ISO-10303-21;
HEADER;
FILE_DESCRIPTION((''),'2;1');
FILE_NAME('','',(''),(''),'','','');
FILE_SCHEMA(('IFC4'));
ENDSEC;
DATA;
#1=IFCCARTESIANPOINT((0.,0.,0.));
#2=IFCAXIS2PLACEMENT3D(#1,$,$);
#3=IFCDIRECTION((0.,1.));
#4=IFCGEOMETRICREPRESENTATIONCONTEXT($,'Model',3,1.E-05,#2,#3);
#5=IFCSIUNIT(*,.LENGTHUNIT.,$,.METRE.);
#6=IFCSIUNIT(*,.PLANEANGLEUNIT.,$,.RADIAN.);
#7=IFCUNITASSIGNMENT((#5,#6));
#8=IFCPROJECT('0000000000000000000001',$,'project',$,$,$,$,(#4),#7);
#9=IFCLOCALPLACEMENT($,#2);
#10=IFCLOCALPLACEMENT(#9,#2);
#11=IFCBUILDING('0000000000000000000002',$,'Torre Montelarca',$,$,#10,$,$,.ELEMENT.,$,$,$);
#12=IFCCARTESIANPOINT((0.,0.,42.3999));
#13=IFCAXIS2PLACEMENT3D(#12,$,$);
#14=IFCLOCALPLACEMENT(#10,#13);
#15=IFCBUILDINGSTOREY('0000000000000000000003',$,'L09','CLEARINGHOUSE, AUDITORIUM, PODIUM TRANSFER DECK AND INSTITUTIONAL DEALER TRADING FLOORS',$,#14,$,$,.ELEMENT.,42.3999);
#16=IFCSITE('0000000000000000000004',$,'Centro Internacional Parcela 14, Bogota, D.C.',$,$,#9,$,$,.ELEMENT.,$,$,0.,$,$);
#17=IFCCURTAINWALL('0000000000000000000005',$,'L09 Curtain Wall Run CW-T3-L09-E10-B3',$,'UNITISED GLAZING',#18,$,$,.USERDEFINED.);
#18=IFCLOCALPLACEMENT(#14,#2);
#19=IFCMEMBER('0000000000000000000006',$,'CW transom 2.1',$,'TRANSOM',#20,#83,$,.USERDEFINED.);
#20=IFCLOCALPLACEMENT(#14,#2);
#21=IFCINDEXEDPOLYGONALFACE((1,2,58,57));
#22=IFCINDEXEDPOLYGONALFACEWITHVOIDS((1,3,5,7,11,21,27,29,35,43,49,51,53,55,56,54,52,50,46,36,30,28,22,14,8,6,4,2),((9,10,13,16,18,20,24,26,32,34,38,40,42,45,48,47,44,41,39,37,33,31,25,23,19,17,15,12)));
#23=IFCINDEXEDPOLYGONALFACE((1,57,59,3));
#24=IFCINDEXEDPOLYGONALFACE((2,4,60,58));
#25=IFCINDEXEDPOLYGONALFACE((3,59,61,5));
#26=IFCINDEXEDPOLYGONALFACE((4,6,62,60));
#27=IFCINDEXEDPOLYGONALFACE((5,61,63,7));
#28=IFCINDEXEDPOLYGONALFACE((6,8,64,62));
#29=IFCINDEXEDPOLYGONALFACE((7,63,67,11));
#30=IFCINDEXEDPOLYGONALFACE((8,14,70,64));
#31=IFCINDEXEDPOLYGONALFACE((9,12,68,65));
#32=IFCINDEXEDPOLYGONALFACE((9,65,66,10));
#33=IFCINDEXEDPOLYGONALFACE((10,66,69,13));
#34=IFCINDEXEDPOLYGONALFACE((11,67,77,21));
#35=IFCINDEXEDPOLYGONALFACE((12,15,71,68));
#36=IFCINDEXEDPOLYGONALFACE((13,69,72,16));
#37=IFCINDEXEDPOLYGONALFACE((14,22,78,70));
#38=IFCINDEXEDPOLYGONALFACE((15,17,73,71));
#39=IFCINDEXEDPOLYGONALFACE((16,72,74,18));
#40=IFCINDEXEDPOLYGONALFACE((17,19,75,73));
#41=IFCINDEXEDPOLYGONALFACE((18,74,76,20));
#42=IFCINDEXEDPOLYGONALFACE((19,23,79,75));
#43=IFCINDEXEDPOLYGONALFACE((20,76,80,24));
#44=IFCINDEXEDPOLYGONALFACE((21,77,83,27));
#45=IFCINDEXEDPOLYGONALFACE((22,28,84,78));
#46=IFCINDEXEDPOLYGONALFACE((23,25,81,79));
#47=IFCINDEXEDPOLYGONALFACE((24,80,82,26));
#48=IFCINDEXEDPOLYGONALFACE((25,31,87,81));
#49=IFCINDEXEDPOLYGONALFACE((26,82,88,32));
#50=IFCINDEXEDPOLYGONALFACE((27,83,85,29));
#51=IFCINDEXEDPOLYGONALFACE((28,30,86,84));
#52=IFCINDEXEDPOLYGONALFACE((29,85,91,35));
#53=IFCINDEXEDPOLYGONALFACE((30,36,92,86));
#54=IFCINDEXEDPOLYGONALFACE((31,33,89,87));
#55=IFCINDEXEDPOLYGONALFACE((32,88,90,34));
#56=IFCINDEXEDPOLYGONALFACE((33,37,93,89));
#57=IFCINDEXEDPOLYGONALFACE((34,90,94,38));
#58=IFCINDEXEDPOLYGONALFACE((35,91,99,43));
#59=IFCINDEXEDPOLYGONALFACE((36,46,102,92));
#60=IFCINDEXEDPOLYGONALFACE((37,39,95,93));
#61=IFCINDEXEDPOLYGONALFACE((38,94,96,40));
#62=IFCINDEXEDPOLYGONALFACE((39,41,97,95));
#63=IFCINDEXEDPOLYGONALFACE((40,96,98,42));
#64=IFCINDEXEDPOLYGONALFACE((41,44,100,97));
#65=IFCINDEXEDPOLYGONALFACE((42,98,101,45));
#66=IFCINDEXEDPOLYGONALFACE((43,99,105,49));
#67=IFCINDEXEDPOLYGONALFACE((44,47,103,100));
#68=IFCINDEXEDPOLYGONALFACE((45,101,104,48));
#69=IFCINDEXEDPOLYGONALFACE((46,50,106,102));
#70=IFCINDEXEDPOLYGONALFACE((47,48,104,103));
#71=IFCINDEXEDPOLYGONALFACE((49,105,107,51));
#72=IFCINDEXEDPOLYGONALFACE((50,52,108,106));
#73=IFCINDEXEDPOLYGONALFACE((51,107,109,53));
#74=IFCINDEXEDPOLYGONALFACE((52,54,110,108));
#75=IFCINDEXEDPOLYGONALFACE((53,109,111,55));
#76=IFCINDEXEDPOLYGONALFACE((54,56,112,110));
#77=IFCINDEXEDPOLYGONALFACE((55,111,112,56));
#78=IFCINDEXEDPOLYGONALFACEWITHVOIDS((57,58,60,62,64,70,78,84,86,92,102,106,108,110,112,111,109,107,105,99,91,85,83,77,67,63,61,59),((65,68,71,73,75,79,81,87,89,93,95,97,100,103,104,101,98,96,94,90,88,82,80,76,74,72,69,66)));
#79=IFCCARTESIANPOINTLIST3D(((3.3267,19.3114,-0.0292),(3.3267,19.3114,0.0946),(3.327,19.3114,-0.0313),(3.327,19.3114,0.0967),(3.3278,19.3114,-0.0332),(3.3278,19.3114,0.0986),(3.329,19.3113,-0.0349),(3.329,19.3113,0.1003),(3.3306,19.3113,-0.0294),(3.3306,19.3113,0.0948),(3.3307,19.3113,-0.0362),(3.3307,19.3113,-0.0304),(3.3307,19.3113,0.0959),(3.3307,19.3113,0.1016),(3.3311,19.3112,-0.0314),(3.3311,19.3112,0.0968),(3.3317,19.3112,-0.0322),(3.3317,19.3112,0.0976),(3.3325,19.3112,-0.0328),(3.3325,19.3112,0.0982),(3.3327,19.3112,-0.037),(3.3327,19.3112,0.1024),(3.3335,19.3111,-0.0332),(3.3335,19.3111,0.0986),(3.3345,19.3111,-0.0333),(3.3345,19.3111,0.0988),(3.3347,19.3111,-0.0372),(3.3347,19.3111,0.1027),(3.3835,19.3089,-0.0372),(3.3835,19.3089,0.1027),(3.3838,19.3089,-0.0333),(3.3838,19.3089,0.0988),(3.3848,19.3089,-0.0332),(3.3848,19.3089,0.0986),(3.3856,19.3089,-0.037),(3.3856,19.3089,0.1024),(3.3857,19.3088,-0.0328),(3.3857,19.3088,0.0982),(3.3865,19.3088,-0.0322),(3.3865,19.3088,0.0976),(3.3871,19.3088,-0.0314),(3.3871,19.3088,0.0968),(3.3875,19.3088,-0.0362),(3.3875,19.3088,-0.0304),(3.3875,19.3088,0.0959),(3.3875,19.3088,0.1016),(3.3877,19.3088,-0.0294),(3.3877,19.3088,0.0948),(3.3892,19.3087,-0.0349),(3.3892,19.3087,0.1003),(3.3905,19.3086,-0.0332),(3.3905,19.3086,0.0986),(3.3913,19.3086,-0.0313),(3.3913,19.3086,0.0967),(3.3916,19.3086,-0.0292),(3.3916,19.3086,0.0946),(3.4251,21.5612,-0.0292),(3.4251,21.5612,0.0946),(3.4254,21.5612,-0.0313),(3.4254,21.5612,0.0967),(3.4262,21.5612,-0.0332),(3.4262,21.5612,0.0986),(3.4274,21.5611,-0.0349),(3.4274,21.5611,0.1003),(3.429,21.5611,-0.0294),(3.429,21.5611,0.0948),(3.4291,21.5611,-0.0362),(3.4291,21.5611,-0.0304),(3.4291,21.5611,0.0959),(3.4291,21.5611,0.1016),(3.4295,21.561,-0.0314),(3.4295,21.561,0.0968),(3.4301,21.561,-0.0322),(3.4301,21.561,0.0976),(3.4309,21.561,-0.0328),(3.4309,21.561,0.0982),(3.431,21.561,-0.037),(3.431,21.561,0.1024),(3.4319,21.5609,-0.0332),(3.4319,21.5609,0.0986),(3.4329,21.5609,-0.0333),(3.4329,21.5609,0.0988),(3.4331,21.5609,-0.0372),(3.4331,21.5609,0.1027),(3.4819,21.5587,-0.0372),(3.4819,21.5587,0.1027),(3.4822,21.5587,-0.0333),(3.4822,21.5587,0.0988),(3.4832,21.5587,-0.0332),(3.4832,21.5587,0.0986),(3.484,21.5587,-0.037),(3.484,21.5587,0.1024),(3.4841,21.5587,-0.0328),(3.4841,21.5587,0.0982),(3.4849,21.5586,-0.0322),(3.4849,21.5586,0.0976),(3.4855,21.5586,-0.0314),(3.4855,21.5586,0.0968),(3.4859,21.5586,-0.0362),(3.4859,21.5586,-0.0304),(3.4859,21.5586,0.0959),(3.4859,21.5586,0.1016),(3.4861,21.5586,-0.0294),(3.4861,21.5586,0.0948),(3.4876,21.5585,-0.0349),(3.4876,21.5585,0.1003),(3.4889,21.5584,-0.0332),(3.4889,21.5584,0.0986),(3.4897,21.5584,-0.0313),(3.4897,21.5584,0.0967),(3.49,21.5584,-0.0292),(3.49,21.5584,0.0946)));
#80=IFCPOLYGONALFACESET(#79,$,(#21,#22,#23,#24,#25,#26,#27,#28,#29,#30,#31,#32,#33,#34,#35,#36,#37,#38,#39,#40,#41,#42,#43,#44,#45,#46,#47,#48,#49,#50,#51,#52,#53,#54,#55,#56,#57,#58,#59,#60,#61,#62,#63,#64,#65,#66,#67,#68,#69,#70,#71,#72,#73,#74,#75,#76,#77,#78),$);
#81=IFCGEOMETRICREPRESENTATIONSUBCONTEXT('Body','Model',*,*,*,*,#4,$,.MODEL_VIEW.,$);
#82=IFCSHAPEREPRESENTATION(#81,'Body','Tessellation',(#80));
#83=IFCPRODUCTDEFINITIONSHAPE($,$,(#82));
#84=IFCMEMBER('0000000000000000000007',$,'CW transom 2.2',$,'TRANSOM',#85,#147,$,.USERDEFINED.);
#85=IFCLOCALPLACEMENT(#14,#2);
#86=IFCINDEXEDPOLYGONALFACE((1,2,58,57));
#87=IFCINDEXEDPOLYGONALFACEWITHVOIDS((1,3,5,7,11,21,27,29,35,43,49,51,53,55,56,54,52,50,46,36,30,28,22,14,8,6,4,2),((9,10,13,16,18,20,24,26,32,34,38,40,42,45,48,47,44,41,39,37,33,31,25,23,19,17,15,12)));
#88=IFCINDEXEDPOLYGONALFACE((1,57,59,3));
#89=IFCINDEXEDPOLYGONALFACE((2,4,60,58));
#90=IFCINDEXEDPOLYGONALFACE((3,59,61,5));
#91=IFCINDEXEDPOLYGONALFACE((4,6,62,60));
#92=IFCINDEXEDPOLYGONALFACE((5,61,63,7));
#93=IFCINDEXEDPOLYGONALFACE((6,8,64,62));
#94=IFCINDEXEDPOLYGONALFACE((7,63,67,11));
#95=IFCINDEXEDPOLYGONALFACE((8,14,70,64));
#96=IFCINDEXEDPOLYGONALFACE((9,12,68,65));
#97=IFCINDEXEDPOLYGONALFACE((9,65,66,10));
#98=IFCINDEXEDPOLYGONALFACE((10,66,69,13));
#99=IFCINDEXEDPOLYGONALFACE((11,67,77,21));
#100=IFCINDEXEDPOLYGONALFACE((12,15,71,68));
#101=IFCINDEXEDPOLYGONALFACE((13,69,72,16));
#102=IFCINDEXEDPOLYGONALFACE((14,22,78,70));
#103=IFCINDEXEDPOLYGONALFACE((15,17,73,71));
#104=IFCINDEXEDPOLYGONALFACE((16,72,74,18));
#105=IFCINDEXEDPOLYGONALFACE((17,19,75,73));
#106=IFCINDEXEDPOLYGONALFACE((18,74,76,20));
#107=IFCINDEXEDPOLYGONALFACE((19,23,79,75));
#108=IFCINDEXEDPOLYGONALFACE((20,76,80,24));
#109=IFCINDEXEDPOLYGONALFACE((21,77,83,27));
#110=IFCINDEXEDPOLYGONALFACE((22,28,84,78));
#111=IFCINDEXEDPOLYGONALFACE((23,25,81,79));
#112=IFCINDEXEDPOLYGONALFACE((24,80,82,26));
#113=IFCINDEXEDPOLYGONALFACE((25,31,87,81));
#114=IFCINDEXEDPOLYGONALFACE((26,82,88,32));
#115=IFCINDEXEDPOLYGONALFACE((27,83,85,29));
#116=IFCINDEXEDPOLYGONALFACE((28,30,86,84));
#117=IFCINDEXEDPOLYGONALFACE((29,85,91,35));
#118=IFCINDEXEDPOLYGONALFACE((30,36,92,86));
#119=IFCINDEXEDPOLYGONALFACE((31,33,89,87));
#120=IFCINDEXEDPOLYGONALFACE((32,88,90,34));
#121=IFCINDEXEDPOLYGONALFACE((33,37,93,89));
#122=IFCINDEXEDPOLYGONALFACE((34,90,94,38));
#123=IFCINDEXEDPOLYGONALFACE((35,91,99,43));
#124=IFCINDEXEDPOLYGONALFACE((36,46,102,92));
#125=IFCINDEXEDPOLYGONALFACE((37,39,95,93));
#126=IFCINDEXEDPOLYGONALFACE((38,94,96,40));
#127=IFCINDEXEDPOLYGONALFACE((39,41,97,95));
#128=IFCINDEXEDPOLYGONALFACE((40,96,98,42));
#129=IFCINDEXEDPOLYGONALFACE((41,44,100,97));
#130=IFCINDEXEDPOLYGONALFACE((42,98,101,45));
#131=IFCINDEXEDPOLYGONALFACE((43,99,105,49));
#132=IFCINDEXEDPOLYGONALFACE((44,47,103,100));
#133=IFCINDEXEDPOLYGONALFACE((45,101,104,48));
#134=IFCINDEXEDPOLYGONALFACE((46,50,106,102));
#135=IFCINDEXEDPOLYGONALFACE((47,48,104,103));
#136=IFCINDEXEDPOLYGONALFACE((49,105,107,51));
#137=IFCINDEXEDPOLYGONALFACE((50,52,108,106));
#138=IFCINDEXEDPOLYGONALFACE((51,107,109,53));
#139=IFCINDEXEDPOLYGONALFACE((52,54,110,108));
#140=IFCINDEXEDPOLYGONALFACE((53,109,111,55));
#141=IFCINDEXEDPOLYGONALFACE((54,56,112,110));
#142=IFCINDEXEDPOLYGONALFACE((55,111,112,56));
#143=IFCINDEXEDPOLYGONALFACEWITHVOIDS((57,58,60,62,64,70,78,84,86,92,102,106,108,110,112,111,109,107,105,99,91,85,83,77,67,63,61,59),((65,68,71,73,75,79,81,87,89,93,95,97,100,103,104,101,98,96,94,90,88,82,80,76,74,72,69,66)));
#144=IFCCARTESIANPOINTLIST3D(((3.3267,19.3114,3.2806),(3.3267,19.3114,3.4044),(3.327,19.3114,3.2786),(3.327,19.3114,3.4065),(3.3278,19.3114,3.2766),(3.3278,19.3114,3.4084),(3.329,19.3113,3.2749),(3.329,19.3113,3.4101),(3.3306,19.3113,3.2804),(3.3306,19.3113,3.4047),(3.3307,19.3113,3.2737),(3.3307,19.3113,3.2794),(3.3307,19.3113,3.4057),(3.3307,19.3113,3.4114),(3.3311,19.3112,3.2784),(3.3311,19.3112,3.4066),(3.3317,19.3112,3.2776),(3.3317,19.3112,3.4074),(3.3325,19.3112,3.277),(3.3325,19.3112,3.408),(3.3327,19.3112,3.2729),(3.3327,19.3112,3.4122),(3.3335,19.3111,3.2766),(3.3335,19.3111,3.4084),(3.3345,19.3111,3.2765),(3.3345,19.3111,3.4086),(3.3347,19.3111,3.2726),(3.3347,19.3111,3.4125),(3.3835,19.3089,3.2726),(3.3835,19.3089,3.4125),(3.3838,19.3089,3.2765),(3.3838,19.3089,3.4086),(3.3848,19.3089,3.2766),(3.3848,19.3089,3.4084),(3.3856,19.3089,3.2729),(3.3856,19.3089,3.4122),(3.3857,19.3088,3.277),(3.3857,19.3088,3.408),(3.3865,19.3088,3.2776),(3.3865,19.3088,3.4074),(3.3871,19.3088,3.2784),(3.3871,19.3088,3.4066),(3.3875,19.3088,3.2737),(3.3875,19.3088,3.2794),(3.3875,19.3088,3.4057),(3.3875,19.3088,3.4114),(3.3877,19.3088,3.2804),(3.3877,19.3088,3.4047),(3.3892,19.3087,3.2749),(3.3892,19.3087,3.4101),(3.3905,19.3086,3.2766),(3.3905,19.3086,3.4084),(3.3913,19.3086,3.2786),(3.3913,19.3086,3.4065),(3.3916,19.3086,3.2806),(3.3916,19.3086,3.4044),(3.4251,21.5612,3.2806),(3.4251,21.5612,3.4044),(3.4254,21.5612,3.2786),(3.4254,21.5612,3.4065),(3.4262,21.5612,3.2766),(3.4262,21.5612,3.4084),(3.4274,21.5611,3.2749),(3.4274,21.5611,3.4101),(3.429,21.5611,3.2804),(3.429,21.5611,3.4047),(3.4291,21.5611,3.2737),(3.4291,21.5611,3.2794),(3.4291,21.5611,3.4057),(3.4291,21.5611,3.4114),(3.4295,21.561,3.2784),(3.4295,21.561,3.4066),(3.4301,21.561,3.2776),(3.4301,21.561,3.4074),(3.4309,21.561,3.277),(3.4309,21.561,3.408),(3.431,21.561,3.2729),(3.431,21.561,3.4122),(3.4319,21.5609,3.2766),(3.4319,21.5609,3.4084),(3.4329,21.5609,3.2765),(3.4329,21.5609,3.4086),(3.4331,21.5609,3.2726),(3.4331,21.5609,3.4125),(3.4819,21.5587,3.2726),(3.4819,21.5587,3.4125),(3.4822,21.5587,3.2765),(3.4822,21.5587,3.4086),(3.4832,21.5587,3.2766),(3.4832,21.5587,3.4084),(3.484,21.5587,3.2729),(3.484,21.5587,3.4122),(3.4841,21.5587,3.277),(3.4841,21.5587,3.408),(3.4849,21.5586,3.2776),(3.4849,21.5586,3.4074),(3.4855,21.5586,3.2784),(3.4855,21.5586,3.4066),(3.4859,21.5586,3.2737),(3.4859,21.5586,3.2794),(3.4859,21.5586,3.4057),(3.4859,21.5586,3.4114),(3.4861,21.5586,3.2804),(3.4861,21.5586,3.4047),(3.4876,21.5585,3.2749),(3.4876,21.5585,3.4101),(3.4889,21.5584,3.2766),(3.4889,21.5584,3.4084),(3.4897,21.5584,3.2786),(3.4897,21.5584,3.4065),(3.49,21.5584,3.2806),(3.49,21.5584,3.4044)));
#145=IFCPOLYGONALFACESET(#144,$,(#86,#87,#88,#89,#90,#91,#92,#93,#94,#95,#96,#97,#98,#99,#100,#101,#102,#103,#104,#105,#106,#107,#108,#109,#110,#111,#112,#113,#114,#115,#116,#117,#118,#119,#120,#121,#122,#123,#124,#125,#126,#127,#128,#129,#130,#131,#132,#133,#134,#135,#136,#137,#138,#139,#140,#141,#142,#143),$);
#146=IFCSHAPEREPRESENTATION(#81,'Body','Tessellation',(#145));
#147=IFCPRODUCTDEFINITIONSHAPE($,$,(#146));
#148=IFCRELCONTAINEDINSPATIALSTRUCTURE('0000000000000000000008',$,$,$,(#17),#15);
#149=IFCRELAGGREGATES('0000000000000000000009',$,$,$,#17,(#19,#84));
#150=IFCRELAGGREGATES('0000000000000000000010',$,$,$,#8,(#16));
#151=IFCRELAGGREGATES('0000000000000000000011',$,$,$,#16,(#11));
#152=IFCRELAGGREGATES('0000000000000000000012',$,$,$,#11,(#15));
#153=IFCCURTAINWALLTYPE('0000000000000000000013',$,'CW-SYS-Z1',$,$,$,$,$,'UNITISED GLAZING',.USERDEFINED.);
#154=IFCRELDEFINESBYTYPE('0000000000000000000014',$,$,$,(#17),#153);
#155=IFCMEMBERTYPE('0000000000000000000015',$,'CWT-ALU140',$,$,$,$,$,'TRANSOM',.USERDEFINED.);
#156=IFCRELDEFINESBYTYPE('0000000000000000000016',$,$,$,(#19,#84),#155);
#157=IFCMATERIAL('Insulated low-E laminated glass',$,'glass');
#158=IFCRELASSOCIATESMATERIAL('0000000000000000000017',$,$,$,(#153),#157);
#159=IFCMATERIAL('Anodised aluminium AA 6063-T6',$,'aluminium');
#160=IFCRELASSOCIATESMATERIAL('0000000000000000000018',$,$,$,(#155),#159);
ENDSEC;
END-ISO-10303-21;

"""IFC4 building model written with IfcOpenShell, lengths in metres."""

from ifc_helpers import new_model, si_unit, direction, frame, origin, origin_2d, place, context, subcontext, project, spatial, hollow_rectangle, extrude, source, transform, mapped, material, material_profile, profile_set, type_object, element, aggregate, save


model = new_model("IFC4")

# Units and contexts
model_context = context("Model", 3, precision=1e-05, world=origin(), true_north=direction((0.0, 1.0)))
body_context = subcontext(model_context, "Body", "Model", "MODEL_VIEW")
ifc_project = project(units=[si_unit("LENGTHUNIT", "METRE"), si_unit("PLANEANGLEUNIT", "RADIAN")], contexts=[model_context])

# Site, building, storey
site_placement = place(None, origin())
site = spatial("IfcSite", under=ifc_project, at=site_placement, Name="Centro Internacional Parcela 14, Bogota, D.C.", CompositionType="ELEMENT", RefElevation=0.0)
building_placement = place(site_placement, origin())
building = spatial("IfcBuilding", under=site, at=building_placement, Name="Torre Montelarca", CompositionType="ELEMENT")
storey_placement = place(building_placement, frame((0.0, 0.0, 42.3999)))
storey = spatial("IfcBuildingStorey", under=building, at=storey_placement, Name="L09", Description="CLEARINGHOUSE, AUDITORIUM, PODIUM TRANSFER DECK AND INSTITUTIONAL DEALER TRADING FLOORS", CompositionType="ELEMENT", Elevation=42.3999)

# Shared definitions
ifc_material_1 = material(Name="Insulated low-E laminated glass", Category="glass")
curtain_wall_type = type_object("IfcCurtainWallType", Name="CW-SYS-Z1", ElementType="UNITISED GLAZING", PredefinedType="USERDEFINED", material=ifc_material_1)
ifc_material_2 = material(Name="Anodised aluminium AA 6063-T6", Category="aluminium")

# Curtain wall, members
curtain_wall_1_placement = place(storey_placement, origin())
curtain_wall_1 = element("IfcCurtainWall", 1, at=curtain_wall_1_placement, inside=storey, type_object=curtain_wall_type, Name="L09 Curtain Wall Run CW-T3-L09-E10-B3", ObjectType="UNITISED GLAZING", PredefinedType="USERDEFINED")
ifc_material_profile_1 = material_profile(ifc_material_2, hollow_rectangle(XDim=0.0649, YDim=0.1399, WallThickness=0.0039, InnerFilletRadius=0.0039, OuterFilletRadius=0.0081, at=origin_2d()), Name="ALU65X140X4", Category="aluminium")
ifc_profile_set_1 = profile_set([ifc_material_profile_1], Name="Anodised aluminium AA 6063-T6")
member_type_1 = type_object("IfcMemberType", Name="CWT-ALU140", ElementType="TRANSOM", PredefinedType="USERDEFINED", material=ifc_profile_set_1)
shared_shape_1 = source(origin(), body_context, "Body", "SweptSolid", [
    extrude(hollow_rectangle(XDim=0.0649, YDim=0.1399, WallThickness=0.0039, InnerFilletRadius=0.0039, OuterFilletRadius=0.0081, at=origin_2d()), origin(), (0.0, 0.0, 1.0), 2.252),
])
member_1_placement = place(storey_placement, frame((3.4575, 21.5598, 0.0327), z_axis=(-0.043691, -0.999045, 0.0), x_axis=(0.999045, -0.043691, 0.0)))
member_1 = element("IfcMember", 2, at=member_1_placement, type_object=member_type_1, Name="CW transom 2.1", ObjectType="TRANSOM", PredefinedType="USERDEFINED", context=body_context, shape_type="MappedRepresentation", body=[
    mapped(shared_shape_1, transform((0.0, 0.0, 0.0), scale=1.0)),
])
member_2_placement = place(storey_placement, frame((3.4575, 21.5598, 3.3425), z_axis=(-0.043691, -0.999045, 0.0), x_axis=(0.999045, -0.043691, 0.0)))
member_2 = element("IfcMember", 3, at=member_2_placement, type_object=member_type_1, Name="CW transom 2.2", ObjectType="TRANSOM", PredefinedType="USERDEFINED", context=body_context, shape_type="MappedRepresentation", body=[
    mapped(shared_shape_1, transform((0.0, 0.0, 0.0), scale=1.0)),
])

aggregate(curtain_wall_1, [member_1, member_2])

save(model, "model.ifc")
